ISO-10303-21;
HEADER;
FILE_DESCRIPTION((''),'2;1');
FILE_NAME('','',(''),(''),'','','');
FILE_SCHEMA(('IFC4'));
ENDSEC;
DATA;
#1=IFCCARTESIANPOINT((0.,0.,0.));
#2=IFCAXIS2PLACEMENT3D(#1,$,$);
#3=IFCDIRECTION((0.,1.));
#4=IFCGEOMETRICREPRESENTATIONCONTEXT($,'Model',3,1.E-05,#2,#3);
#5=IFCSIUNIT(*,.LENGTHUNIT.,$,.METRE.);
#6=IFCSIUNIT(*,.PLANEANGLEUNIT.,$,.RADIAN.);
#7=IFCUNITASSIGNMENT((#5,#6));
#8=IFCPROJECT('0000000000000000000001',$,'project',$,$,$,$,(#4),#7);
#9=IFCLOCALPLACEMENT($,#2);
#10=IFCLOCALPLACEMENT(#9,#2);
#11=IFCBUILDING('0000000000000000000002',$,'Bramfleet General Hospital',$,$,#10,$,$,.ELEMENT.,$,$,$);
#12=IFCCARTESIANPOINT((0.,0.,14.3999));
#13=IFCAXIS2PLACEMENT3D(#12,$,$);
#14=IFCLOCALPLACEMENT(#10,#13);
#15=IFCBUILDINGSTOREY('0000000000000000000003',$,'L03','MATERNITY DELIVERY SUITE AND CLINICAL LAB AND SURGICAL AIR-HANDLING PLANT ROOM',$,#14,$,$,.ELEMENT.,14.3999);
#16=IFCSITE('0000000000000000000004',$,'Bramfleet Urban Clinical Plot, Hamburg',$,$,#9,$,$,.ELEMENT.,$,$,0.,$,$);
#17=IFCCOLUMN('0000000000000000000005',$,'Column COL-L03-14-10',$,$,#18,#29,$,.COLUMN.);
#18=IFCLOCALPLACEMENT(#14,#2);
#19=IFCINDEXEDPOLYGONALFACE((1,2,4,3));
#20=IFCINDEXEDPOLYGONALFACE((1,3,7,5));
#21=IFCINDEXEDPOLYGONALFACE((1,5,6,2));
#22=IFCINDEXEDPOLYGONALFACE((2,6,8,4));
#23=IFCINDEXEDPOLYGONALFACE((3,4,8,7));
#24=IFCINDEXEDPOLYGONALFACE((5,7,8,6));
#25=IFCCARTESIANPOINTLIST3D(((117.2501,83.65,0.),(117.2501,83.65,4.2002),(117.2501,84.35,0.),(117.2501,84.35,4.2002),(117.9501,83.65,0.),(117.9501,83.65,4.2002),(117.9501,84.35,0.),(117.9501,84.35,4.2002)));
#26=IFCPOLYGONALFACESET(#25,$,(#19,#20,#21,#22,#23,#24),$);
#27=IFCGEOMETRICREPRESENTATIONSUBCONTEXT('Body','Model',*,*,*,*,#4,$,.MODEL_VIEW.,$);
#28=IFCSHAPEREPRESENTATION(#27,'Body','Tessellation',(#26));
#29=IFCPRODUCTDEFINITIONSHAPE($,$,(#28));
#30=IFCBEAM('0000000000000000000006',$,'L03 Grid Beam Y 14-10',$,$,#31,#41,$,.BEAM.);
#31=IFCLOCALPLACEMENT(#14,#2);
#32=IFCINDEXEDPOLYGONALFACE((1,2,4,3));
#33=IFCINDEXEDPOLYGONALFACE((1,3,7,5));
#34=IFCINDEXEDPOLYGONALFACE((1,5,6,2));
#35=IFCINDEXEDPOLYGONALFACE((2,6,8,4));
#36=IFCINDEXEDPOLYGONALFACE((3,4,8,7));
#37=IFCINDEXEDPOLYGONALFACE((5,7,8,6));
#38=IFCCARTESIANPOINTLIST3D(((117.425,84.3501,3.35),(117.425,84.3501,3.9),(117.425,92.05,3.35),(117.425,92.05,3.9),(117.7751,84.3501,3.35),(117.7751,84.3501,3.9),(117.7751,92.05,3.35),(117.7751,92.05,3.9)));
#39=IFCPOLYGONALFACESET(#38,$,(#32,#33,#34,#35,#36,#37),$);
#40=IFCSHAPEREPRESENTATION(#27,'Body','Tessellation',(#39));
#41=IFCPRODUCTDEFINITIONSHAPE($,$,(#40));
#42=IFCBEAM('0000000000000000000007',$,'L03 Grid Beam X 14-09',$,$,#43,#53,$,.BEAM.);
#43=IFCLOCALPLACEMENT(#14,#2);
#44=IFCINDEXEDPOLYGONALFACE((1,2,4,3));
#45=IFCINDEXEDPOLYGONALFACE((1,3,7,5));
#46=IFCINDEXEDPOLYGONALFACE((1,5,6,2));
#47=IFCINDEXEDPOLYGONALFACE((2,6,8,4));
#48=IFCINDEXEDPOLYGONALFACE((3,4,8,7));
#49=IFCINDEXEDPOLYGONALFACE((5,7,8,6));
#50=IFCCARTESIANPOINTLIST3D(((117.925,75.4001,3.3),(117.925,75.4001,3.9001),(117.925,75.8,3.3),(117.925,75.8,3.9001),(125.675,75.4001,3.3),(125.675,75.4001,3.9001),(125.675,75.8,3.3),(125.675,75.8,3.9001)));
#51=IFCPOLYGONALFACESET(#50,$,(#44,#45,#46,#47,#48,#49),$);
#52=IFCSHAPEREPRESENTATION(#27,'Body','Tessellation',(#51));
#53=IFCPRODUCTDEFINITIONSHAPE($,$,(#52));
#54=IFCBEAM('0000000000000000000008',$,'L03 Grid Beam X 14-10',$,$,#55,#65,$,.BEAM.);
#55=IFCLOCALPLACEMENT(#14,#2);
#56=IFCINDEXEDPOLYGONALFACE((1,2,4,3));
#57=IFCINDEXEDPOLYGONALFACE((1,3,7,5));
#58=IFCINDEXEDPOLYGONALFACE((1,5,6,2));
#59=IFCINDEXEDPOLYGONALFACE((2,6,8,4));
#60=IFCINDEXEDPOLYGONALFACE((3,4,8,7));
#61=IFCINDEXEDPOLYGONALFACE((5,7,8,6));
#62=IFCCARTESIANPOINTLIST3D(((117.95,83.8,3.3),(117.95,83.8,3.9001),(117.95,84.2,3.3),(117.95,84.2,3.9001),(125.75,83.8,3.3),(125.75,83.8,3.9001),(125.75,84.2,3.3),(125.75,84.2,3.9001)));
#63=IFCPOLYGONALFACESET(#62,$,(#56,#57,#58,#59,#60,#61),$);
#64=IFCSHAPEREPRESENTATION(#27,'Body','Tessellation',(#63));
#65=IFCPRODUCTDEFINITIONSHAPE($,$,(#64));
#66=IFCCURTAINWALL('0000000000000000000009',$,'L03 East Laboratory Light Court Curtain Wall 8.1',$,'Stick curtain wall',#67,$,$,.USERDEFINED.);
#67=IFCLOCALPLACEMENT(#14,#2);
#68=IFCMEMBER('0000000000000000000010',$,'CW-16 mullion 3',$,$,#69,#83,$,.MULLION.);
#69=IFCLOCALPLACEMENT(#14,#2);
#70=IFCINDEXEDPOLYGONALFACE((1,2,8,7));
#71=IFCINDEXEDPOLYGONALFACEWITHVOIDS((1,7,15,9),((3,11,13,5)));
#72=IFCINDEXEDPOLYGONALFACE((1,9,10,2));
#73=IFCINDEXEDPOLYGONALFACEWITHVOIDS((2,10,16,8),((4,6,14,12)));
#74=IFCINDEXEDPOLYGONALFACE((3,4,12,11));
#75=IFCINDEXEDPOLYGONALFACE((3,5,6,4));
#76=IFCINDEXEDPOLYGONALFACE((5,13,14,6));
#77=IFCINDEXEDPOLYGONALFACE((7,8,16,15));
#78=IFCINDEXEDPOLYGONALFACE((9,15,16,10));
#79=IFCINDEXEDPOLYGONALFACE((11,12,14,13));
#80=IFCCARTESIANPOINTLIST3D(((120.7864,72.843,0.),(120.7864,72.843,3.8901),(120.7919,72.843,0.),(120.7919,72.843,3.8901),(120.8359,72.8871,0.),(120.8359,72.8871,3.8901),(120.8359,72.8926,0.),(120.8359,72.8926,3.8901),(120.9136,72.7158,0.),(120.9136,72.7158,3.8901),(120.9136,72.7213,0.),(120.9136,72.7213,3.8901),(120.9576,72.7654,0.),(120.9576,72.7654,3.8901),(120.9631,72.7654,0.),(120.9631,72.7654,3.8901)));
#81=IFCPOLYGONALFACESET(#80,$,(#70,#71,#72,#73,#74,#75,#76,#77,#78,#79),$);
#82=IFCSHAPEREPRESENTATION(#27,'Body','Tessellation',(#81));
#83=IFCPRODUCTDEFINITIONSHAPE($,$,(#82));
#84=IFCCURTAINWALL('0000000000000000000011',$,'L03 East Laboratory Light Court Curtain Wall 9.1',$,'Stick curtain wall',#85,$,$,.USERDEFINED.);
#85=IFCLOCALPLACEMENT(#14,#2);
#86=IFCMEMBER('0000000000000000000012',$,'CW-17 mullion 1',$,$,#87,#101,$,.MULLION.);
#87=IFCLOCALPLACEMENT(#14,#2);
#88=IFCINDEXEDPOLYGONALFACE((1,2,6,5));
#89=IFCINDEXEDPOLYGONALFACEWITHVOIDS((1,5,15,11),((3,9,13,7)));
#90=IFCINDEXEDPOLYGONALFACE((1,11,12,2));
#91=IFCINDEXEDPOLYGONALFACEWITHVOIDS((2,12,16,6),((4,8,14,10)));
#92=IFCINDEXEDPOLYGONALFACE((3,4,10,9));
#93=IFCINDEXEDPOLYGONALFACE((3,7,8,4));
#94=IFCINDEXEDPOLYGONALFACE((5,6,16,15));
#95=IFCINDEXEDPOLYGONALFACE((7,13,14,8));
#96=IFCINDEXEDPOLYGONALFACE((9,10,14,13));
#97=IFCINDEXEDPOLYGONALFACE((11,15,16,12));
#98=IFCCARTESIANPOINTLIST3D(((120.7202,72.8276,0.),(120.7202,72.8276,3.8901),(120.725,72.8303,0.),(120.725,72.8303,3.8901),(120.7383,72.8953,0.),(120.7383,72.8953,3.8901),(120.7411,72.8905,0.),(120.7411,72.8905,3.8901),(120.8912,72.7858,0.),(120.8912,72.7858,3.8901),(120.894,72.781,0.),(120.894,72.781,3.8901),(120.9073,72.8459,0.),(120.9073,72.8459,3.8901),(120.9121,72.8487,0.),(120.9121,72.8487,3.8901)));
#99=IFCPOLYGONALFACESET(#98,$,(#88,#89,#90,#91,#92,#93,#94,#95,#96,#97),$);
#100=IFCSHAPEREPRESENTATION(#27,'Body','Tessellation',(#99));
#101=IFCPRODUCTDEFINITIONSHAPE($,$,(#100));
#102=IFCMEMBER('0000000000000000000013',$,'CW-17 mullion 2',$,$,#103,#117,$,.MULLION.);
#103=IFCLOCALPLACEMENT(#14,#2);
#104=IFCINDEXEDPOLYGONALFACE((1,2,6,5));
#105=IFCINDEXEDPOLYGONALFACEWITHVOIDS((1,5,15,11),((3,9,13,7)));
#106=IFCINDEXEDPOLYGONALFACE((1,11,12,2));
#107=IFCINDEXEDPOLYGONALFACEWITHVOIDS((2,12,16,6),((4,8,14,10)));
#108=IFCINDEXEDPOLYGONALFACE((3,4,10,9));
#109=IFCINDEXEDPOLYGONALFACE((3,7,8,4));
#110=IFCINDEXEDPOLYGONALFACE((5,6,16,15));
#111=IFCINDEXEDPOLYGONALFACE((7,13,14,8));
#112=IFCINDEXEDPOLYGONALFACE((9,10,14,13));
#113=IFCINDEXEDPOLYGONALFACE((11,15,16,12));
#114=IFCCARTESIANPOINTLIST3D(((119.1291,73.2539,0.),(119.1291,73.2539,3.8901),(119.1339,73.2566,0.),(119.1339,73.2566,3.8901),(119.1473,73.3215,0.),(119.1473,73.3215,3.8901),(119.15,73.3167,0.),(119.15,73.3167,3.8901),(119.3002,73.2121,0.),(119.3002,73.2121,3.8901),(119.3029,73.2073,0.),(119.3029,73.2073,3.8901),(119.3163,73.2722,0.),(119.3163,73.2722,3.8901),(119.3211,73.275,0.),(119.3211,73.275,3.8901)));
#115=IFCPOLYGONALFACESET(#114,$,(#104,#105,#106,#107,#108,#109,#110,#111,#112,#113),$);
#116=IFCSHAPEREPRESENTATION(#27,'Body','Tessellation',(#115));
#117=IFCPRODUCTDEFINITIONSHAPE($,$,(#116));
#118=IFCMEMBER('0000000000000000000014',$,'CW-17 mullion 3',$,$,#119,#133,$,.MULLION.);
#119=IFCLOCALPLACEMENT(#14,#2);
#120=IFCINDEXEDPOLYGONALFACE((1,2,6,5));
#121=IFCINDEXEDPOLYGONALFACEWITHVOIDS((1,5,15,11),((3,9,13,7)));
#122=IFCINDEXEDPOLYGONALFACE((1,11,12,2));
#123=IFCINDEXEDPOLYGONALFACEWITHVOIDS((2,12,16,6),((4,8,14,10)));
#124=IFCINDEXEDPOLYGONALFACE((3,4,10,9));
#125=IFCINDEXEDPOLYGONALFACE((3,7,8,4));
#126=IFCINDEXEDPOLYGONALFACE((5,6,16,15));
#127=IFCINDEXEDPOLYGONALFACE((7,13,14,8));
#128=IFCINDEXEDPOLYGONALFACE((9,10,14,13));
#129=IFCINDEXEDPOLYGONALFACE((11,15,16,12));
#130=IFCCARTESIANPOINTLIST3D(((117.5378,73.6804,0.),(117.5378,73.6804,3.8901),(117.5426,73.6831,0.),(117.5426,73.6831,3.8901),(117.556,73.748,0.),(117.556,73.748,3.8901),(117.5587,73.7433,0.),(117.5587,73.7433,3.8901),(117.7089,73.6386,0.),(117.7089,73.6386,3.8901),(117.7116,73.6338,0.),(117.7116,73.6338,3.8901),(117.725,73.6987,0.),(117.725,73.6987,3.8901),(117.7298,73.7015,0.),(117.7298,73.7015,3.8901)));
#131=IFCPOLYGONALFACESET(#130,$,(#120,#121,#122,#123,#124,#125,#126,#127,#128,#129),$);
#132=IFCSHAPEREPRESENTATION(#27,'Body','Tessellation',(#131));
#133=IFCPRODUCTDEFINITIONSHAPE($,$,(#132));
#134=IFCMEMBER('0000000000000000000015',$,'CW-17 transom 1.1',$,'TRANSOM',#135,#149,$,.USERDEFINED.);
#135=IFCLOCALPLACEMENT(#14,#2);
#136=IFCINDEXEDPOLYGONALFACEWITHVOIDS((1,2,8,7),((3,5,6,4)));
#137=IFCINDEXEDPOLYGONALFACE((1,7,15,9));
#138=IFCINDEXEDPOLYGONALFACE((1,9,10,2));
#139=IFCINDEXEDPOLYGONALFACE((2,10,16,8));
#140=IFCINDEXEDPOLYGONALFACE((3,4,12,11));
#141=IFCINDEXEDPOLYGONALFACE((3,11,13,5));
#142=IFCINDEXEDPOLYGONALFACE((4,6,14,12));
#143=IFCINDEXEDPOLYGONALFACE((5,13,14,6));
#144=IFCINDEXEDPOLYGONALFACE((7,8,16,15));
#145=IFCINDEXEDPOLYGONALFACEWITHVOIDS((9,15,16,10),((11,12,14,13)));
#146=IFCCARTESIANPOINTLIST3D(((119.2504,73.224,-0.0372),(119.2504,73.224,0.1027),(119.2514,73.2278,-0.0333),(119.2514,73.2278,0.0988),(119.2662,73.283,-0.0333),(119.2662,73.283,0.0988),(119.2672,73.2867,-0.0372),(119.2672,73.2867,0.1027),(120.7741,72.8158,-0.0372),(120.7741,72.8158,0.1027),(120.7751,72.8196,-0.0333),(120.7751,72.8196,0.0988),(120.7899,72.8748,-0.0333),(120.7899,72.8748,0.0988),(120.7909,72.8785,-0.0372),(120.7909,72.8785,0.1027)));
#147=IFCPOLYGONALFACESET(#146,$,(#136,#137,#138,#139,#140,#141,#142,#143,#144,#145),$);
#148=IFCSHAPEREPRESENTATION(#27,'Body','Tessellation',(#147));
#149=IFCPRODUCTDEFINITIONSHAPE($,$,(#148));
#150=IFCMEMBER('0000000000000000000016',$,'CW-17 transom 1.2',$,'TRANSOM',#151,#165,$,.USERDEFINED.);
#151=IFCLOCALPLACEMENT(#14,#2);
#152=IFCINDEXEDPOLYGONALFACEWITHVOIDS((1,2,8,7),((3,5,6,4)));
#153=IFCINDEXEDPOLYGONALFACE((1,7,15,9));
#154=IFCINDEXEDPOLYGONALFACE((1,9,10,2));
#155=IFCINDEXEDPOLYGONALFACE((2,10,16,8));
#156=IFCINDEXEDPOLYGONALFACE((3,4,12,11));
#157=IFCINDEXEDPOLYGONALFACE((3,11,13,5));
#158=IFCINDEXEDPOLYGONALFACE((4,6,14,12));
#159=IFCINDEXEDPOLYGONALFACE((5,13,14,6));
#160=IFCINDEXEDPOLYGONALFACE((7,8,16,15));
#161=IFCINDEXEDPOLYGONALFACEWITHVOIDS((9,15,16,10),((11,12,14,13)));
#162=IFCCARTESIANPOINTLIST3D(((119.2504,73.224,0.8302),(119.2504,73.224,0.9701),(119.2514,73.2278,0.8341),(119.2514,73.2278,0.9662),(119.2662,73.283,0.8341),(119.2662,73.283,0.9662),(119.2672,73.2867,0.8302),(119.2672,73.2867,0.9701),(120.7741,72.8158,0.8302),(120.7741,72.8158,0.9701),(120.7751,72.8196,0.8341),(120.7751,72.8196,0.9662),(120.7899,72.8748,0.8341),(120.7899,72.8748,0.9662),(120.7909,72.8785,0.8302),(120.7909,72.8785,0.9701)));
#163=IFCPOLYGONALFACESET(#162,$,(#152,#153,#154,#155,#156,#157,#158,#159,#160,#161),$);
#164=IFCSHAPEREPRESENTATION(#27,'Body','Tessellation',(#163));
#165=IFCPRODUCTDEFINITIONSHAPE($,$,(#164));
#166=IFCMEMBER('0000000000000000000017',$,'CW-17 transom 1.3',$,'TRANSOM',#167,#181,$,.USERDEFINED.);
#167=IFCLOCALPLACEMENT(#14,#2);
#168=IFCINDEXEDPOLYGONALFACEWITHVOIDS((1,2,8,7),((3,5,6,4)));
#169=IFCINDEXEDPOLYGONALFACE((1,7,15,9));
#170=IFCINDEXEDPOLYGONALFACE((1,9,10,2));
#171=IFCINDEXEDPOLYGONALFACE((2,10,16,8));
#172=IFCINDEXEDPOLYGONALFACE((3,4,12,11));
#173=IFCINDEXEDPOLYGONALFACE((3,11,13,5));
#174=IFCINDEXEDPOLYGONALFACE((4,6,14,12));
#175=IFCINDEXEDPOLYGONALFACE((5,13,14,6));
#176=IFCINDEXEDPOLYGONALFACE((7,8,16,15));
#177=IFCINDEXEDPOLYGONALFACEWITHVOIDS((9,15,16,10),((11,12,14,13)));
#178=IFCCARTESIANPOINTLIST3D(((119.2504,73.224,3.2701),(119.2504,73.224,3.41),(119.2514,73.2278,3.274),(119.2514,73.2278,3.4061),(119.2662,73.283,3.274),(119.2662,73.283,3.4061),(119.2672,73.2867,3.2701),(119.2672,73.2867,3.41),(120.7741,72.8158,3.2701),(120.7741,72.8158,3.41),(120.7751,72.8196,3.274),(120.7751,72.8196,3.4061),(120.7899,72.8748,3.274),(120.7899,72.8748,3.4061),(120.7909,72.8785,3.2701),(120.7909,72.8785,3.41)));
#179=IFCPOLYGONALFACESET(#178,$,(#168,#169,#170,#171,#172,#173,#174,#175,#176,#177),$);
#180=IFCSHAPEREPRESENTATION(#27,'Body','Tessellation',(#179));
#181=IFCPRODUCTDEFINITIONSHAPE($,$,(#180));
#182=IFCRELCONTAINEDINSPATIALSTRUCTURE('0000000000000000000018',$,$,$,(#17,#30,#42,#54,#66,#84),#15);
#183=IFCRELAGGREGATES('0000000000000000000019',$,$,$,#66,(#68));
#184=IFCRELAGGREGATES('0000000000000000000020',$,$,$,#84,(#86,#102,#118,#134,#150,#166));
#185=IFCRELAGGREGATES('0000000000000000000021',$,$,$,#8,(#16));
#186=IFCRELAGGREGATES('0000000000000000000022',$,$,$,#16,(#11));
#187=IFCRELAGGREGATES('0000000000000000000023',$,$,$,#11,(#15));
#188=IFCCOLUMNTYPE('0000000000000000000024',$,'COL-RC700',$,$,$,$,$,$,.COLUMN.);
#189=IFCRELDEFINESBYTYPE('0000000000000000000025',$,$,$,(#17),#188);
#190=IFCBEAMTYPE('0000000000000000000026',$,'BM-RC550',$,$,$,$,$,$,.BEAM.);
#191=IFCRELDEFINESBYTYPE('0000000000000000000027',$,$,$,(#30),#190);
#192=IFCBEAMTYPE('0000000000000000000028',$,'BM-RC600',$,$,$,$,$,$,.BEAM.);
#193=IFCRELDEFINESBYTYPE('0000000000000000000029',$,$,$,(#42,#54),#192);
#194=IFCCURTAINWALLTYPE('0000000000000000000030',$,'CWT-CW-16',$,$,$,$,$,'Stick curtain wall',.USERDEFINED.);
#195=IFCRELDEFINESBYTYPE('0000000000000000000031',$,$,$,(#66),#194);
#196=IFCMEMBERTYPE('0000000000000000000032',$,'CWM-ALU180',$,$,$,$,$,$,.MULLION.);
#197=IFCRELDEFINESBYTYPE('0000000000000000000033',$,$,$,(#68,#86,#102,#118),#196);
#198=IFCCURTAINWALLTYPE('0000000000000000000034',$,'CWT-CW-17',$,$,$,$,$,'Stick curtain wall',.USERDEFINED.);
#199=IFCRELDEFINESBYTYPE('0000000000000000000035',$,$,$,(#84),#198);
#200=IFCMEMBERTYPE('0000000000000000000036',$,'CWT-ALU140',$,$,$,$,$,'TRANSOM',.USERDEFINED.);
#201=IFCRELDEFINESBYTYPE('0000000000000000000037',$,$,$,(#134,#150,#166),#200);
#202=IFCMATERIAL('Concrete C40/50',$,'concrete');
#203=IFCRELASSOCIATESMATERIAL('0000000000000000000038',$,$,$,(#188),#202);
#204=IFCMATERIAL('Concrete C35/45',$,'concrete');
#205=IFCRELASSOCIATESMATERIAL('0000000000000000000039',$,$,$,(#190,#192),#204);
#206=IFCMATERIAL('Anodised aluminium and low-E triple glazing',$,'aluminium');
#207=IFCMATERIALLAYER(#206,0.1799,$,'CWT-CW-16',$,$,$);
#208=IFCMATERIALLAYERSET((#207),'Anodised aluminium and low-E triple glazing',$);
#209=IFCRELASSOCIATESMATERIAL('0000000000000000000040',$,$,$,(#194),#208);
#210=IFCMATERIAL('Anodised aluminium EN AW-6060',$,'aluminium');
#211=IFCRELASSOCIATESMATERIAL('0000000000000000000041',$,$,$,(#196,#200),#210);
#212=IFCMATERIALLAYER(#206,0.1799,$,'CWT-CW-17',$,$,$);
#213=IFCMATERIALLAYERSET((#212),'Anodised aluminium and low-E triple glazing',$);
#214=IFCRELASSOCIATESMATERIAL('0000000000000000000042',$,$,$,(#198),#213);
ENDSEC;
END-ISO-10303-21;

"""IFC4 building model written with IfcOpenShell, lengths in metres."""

from ifc_helpers import new_model, si_unit, direction, frame, origin, origin_2d, place, context, subcontext, project, spatial, rectangle, hollow_rectangle, extrude, material, layer, layer_set, material_profile, profile_set, type_object, element, aggregate, save


model = new_model("IFC4")

# Units and contexts
model_context = context("Model", 3, precision=1e-05, world=origin(), true_north=direction((0.0, 1.0)))
body_context = subcontext(model_context, "Body", "Model", "MODEL_VIEW")
ifc_project = project(units=[si_unit("LENGTHUNIT", "METRE"), si_unit("PLANEANGLEUNIT", "RADIAN")], contexts=[model_context])

# Site, building, storey
site_placement = place(None, origin())
site = spatial("IfcSite", under=ifc_project, at=site_placement, Name="Bramfleet Urban Clinical Plot, Hamburg", CompositionType="ELEMENT", RefElevation=0.0)
building_placement = place(site_placement, origin())
building = spatial("IfcBuilding", under=site, at=building_placement, Name="Bramfleet General Hospital", CompositionType="ELEMENT")
storey_placement = place(building_placement, frame((0.0, 0.0, 14.3999)))
storey = spatial("IfcBuildingStorey", under=building, at=storey_placement, Name="L03", Description="MATERNITY DELIVERY SUITE AND CLINICAL LAB AND SURGICAL AIR-HANDLING PLANT ROOM", CompositionType="ELEMENT", Elevation=14.3999)

# Column
ifc_material_1 = material(Name="Concrete C40/50", Category="concrete")
ifc_material_profile_1 = material_profile(ifc_material_1, rectangle(XDim=0.7, YDim=0.7, at=origin_2d()), Name="RC COL 700x700")
ifc_profile_set_1 = profile_set([ifc_material_profile_1], Name="Concrete C40/50")
column_type = type_object("IfcColumnType", Name="COL-RC700", PredefinedType="COLUMN", material=ifc_profile_set_1)
column_placement = place(storey_placement, frame((117.6001, 84.0, 0.0), z_axis=(0.0, 0.0, 1.0), x_axis=(1.0, 0.0, 0.0)))
element("IfcColumn", 1, at=column_placement, inside=storey, type_object=column_type, Name="Column COL-L03-14-10", PredefinedType="COLUMN", context=body_context, shape_type="SweptSolid", body=[
    extrude(rectangle(XDim=0.7, YDim=0.7, at=origin_2d()), origin(), (0.0, 0.0, 1.0), 4.2002),
])

# Beams
ifc_material_2 = material(Name="Concrete C35/45", Category="concrete")
ifc_material_profile_2 = material_profile(ifc_material_2, rectangle(XDim=0.3501, YDim=0.55, at=origin_2d()), Name="RC BM 550x350")
ifc_profile_set_2 = profile_set([ifc_material_profile_2], Name="Concrete C35/45")
beam_type_1 = type_object("IfcBeamType", Name="BM-RC550", PredefinedType="BEAM", material=ifc_profile_set_2)
beam_1_placement = place(storey_placement, frame((117.6001, 84.3501, 3.625), z_axis=(0.0, 1.0, 0.0), x_axis=(-1.0, 0.0, 0.0)))
element("IfcBeam", 2, at=beam_1_placement, inside=storey, type_object=beam_type_1, Name="L03 Grid Beam Y 14-10", PredefinedType="BEAM", context=body_context, shape_type="SweptSolid", body=[
    extrude(rectangle(XDim=0.3501, YDim=0.55, at=origin_2d()), origin(), (0.0, 0.0, 1.0), 7.7),
])
ifc_material_profile_3 = material_profile(ifc_material_2, rectangle(XDim=0.3999, YDim=0.6001, at=origin_2d()), Name="RC BM 600x400")
ifc_profile_set_3 = profile_set([ifc_material_profile_3], Name="Concrete C35/45")
beam_type_2 = type_object("IfcBeamType", Name="BM-RC600", PredefinedType="BEAM", material=ifc_profile_set_3)
beam_2_placement = place(storey_placement, frame((117.925, 75.6001, 3.6001), z_axis=(1.0, 0.0, 0.0), x_axis=(0.0, 1.0, 0.0)))
element("IfcBeam", 3, at=beam_2_placement, inside=storey, type_object=beam_type_2, Name="L03 Grid Beam X 14-09", PredefinedType="BEAM", context=body_context, shape_type="SweptSolid", body=[
    extrude(rectangle(XDim=0.3999, YDim=0.6001, at=origin_2d()), origin(), (0.0, 0.0, 1.0), 7.75),
])
beam_3_placement = place(storey_placement, frame((117.95, 84.0, 3.6001), z_axis=(1.0, 0.0, 0.0), x_axis=(0.0, 1.0, 0.0)))
element("IfcBeam", 4, at=beam_3_placement, inside=storey, type_object=beam_type_2, Name="L03 Grid Beam X 14-10", PredefinedType="BEAM", context=body_context, shape_type="SweptSolid", body=[
    extrude(rectangle(XDim=0.3999, YDim=0.6001, at=origin_2d()), origin(), (0.0, 0.0, 1.0), 7.8),
])

# Curtain wall, member
ifc_material_3 = material(Name="Anodised aluminium and low-E triple glazing", Category="aluminium")
ifc_layer_1 = layer(ifc_material_3, 0.1799, Name="CWT-CW-16")
ifc_layer_set_1 = layer_set([ifc_layer_1], Name="Anodised aluminium and low-E triple glazing")
curtain_wall_type_1 = type_object("IfcCurtainWallType", Name="CWT-CW-16", ElementType="Stick curtain wall", PredefinedType="USERDEFINED", material=ifc_layer_set_1)
curtain_wall_1_placement = place(storey_placement, origin())
curtain_wall_1 = element("IfcCurtainWall", 5, at=curtain_wall_1_placement, inside=storey, type_object=curtain_wall_type_1, Name="L03 East Laboratory Light Court Curtain Wall 8.1", ObjectType="Stick curtain wall", PredefinedType="USERDEFINED")
ifc_material_4 = material(Name="Anodised aluminium EN AW-6060", Category="aluminium")
ifc_material_profile_4 = material_profile(ifc_material_4, hollow_rectangle(XDim=0.0701, YDim=0.1799, WallThickness=0.0039, at=origin_2d()), Name="ALU 180x70x4.0")
ifc_profile_set_4 = profile_set([ifc_material_profile_4], Name="Anodised aluminium EN AW-6060")
member_type_1 = type_object("IfcMemberType", Name="CWM-ALU180", PredefinedType="MULLION", material=ifc_profile_set_4)
member_1_placement = place(storey_placement, frame((120.8748, 72.8042, 0.0), z_axis=(0.0, 0.0, 1.0), x_axis=(-0.707107, -0.707107, 0.0)))
member_1 = element("IfcMember", 6, at=member_1_placement, type_object=member_type_1, Name="CW-16 mullion 3", PredefinedType="MULLION", context=body_context, shape_type="SweptSolid", body=[
    extrude(hollow_rectangle(XDim=0.0701, YDim=0.1799, WallThickness=0.0039, at=origin_2d()), origin(), (0.0, 0.0, 1.0), 3.8901),
])

# Curtain wall, members
ifc_layer_2 = layer(ifc_material_3, 0.1799, Name="CWT-CW-17")
ifc_layer_set_2 = layer_set([ifc_layer_2], Name="Anodised aluminium and low-E triple glazing")
curtain_wall_type_2 = type_object("IfcCurtainWallType", Name="CWT-CW-17", ElementType="Stick curtain wall", PredefinedType="USERDEFINED", material=ifc_layer_set_2)
curtain_wall_2_placement = place(storey_placement, origin())
curtain_wall_2 = element("IfcCurtainWall", 7, at=curtain_wall_2_placement, inside=storey, type_object=curtain_wall_type_2, Name="L03 East Laboratory Light Court Curtain Wall 9.1", ObjectType="Stick curtain wall", PredefinedType="USERDEFINED")
member_2_placement = place(storey_placement, frame((120.8162, 72.8381, 0.0), z_axis=(0.0, 0.0, 1.0), x_axis=(-0.258865, -0.965914, 0.0)))
member_2 = element("IfcMember", 8, at=member_2_placement, type_object=member_type_1, Name="CW-17 mullion 1", PredefinedType="MULLION", context=body_context, shape_type="SweptSolid", body=[
    extrude(hollow_rectangle(XDim=0.0701, YDim=0.1799, WallThickness=0.0039, at=origin_2d()), origin(), (0.0, 0.0, 1.0), 3.8901),
])
member_3_placement = place(storey_placement, frame((119.2251, 73.2644, 0.0), z_axis=(0.0, 0.0, 1.0), x_axis=(-0.258865, -0.965914, 0.0)))
member_3 = element("IfcMember", 9, at=member_3_placement, type_object=member_type_1, Name="CW-17 mullion 2", PredefinedType="MULLION", context=body_context, shape_type="SweptSolid", body=[
    extrude(hollow_rectangle(XDim=0.0701, YDim=0.1799, WallThickness=0.0039, at=origin_2d()), origin(), (0.0, 0.0, 1.0), 3.8901),
])
member_4_placement = place(storey_placement, frame((117.6338, 73.6909, 0.0), z_axis=(0.0, 0.0, 1.0), x_axis=(-0.258865, -0.965914, 0.0)))
member_4 = element("IfcMember", 10, at=member_4_placement, type_object=member_type_1, Name="CW-17 mullion 3", PredefinedType="MULLION", context=body_context, shape_type="SweptSolid", body=[
    extrude(hollow_rectangle(XDim=0.0701, YDim=0.1799, WallThickness=0.0039, at=origin_2d()), origin(), (0.0, 0.0, 1.0), 3.8901),
])
ifc_material_profile_5 = material_profile(ifc_material_4, hollow_rectangle(XDim=0.0649, YDim=0.1399, WallThickness=0.0039, at=origin_2d()), Name="ALU 140x65x4.0")
ifc_profile_set_5 = profile_set([ifc_material_profile_5], Name="Anodised aluminium EN AW-6060")
member_type_2 = type_object("IfcMemberType", Name="CWT-ALU140", ElementType="TRANSOM", PredefinedType="USERDEFINED", material=ifc_profile_set_5)
member_5_placement = place(storey_placement, frame((120.7825, 72.8472, 0.0327), z_axis=(-0.965936, 0.25878, 0.0), x_axis=(-0.25878, -0.965936, 0.0)))
member_5 = element("IfcMember", 11, at=member_5_placement, type_object=member_type_2, Name="CW-17 transom 1.1", ObjectType="TRANSOM", PredefinedType="USERDEFINED", context=body_context, shape_type="SweptSolid", body=[
    extrude(hollow_rectangle(XDim=0.0649, YDim=0.1399, WallThickness=0.0039, at=origin_2d()), origin(), (0.0, 0.0, 1.0), 1.5774),
])
member_6_placement = place(storey_placement, frame((120.7825, 72.8472, 0.9001), z_axis=(-0.965936, 0.25878, 0.0), x_axis=(-0.25878, -0.965936, 0.0)))
member_6 = element("IfcMember", 12, at=member_6_placement, type_object=member_type_2, Name="CW-17 transom 1.2", ObjectType="TRANSOM", PredefinedType="USERDEFINED", context=body_context, shape_type="SweptSolid", body=[
    extrude(hollow_rectangle(XDim=0.0649, YDim=0.1399, WallThickness=0.0039, at=origin_2d()), origin(), (0.0, 0.0, 1.0), 1.5774),
])
member_7_placement = place(storey_placement, frame((120.7825, 72.8472, 3.3401), z_axis=(-0.965936, 0.25878, 0.0), x_axis=(-0.25878, -0.965936, 0.0)))
member_7 = element("IfcMember", 13, at=member_7_placement, type_object=member_type_2, Name="CW-17 transom 1.3", ObjectType="TRANSOM", PredefinedType="USERDEFINED", context=body_context, shape_type="SweptSolid", body=[
    extrude(hollow_rectangle(XDim=0.0649, YDim=0.1399, WallThickness=0.0039, at=origin_2d()), origin(), (0.0, 0.0, 1.0), 1.5774),
])

aggregate(curtain_wall_1, [member_1])
aggregate(curtain_wall_2, [member_2, member_3, member_4, member_5, member_6, member_7])

save(model, "model.ifc")
